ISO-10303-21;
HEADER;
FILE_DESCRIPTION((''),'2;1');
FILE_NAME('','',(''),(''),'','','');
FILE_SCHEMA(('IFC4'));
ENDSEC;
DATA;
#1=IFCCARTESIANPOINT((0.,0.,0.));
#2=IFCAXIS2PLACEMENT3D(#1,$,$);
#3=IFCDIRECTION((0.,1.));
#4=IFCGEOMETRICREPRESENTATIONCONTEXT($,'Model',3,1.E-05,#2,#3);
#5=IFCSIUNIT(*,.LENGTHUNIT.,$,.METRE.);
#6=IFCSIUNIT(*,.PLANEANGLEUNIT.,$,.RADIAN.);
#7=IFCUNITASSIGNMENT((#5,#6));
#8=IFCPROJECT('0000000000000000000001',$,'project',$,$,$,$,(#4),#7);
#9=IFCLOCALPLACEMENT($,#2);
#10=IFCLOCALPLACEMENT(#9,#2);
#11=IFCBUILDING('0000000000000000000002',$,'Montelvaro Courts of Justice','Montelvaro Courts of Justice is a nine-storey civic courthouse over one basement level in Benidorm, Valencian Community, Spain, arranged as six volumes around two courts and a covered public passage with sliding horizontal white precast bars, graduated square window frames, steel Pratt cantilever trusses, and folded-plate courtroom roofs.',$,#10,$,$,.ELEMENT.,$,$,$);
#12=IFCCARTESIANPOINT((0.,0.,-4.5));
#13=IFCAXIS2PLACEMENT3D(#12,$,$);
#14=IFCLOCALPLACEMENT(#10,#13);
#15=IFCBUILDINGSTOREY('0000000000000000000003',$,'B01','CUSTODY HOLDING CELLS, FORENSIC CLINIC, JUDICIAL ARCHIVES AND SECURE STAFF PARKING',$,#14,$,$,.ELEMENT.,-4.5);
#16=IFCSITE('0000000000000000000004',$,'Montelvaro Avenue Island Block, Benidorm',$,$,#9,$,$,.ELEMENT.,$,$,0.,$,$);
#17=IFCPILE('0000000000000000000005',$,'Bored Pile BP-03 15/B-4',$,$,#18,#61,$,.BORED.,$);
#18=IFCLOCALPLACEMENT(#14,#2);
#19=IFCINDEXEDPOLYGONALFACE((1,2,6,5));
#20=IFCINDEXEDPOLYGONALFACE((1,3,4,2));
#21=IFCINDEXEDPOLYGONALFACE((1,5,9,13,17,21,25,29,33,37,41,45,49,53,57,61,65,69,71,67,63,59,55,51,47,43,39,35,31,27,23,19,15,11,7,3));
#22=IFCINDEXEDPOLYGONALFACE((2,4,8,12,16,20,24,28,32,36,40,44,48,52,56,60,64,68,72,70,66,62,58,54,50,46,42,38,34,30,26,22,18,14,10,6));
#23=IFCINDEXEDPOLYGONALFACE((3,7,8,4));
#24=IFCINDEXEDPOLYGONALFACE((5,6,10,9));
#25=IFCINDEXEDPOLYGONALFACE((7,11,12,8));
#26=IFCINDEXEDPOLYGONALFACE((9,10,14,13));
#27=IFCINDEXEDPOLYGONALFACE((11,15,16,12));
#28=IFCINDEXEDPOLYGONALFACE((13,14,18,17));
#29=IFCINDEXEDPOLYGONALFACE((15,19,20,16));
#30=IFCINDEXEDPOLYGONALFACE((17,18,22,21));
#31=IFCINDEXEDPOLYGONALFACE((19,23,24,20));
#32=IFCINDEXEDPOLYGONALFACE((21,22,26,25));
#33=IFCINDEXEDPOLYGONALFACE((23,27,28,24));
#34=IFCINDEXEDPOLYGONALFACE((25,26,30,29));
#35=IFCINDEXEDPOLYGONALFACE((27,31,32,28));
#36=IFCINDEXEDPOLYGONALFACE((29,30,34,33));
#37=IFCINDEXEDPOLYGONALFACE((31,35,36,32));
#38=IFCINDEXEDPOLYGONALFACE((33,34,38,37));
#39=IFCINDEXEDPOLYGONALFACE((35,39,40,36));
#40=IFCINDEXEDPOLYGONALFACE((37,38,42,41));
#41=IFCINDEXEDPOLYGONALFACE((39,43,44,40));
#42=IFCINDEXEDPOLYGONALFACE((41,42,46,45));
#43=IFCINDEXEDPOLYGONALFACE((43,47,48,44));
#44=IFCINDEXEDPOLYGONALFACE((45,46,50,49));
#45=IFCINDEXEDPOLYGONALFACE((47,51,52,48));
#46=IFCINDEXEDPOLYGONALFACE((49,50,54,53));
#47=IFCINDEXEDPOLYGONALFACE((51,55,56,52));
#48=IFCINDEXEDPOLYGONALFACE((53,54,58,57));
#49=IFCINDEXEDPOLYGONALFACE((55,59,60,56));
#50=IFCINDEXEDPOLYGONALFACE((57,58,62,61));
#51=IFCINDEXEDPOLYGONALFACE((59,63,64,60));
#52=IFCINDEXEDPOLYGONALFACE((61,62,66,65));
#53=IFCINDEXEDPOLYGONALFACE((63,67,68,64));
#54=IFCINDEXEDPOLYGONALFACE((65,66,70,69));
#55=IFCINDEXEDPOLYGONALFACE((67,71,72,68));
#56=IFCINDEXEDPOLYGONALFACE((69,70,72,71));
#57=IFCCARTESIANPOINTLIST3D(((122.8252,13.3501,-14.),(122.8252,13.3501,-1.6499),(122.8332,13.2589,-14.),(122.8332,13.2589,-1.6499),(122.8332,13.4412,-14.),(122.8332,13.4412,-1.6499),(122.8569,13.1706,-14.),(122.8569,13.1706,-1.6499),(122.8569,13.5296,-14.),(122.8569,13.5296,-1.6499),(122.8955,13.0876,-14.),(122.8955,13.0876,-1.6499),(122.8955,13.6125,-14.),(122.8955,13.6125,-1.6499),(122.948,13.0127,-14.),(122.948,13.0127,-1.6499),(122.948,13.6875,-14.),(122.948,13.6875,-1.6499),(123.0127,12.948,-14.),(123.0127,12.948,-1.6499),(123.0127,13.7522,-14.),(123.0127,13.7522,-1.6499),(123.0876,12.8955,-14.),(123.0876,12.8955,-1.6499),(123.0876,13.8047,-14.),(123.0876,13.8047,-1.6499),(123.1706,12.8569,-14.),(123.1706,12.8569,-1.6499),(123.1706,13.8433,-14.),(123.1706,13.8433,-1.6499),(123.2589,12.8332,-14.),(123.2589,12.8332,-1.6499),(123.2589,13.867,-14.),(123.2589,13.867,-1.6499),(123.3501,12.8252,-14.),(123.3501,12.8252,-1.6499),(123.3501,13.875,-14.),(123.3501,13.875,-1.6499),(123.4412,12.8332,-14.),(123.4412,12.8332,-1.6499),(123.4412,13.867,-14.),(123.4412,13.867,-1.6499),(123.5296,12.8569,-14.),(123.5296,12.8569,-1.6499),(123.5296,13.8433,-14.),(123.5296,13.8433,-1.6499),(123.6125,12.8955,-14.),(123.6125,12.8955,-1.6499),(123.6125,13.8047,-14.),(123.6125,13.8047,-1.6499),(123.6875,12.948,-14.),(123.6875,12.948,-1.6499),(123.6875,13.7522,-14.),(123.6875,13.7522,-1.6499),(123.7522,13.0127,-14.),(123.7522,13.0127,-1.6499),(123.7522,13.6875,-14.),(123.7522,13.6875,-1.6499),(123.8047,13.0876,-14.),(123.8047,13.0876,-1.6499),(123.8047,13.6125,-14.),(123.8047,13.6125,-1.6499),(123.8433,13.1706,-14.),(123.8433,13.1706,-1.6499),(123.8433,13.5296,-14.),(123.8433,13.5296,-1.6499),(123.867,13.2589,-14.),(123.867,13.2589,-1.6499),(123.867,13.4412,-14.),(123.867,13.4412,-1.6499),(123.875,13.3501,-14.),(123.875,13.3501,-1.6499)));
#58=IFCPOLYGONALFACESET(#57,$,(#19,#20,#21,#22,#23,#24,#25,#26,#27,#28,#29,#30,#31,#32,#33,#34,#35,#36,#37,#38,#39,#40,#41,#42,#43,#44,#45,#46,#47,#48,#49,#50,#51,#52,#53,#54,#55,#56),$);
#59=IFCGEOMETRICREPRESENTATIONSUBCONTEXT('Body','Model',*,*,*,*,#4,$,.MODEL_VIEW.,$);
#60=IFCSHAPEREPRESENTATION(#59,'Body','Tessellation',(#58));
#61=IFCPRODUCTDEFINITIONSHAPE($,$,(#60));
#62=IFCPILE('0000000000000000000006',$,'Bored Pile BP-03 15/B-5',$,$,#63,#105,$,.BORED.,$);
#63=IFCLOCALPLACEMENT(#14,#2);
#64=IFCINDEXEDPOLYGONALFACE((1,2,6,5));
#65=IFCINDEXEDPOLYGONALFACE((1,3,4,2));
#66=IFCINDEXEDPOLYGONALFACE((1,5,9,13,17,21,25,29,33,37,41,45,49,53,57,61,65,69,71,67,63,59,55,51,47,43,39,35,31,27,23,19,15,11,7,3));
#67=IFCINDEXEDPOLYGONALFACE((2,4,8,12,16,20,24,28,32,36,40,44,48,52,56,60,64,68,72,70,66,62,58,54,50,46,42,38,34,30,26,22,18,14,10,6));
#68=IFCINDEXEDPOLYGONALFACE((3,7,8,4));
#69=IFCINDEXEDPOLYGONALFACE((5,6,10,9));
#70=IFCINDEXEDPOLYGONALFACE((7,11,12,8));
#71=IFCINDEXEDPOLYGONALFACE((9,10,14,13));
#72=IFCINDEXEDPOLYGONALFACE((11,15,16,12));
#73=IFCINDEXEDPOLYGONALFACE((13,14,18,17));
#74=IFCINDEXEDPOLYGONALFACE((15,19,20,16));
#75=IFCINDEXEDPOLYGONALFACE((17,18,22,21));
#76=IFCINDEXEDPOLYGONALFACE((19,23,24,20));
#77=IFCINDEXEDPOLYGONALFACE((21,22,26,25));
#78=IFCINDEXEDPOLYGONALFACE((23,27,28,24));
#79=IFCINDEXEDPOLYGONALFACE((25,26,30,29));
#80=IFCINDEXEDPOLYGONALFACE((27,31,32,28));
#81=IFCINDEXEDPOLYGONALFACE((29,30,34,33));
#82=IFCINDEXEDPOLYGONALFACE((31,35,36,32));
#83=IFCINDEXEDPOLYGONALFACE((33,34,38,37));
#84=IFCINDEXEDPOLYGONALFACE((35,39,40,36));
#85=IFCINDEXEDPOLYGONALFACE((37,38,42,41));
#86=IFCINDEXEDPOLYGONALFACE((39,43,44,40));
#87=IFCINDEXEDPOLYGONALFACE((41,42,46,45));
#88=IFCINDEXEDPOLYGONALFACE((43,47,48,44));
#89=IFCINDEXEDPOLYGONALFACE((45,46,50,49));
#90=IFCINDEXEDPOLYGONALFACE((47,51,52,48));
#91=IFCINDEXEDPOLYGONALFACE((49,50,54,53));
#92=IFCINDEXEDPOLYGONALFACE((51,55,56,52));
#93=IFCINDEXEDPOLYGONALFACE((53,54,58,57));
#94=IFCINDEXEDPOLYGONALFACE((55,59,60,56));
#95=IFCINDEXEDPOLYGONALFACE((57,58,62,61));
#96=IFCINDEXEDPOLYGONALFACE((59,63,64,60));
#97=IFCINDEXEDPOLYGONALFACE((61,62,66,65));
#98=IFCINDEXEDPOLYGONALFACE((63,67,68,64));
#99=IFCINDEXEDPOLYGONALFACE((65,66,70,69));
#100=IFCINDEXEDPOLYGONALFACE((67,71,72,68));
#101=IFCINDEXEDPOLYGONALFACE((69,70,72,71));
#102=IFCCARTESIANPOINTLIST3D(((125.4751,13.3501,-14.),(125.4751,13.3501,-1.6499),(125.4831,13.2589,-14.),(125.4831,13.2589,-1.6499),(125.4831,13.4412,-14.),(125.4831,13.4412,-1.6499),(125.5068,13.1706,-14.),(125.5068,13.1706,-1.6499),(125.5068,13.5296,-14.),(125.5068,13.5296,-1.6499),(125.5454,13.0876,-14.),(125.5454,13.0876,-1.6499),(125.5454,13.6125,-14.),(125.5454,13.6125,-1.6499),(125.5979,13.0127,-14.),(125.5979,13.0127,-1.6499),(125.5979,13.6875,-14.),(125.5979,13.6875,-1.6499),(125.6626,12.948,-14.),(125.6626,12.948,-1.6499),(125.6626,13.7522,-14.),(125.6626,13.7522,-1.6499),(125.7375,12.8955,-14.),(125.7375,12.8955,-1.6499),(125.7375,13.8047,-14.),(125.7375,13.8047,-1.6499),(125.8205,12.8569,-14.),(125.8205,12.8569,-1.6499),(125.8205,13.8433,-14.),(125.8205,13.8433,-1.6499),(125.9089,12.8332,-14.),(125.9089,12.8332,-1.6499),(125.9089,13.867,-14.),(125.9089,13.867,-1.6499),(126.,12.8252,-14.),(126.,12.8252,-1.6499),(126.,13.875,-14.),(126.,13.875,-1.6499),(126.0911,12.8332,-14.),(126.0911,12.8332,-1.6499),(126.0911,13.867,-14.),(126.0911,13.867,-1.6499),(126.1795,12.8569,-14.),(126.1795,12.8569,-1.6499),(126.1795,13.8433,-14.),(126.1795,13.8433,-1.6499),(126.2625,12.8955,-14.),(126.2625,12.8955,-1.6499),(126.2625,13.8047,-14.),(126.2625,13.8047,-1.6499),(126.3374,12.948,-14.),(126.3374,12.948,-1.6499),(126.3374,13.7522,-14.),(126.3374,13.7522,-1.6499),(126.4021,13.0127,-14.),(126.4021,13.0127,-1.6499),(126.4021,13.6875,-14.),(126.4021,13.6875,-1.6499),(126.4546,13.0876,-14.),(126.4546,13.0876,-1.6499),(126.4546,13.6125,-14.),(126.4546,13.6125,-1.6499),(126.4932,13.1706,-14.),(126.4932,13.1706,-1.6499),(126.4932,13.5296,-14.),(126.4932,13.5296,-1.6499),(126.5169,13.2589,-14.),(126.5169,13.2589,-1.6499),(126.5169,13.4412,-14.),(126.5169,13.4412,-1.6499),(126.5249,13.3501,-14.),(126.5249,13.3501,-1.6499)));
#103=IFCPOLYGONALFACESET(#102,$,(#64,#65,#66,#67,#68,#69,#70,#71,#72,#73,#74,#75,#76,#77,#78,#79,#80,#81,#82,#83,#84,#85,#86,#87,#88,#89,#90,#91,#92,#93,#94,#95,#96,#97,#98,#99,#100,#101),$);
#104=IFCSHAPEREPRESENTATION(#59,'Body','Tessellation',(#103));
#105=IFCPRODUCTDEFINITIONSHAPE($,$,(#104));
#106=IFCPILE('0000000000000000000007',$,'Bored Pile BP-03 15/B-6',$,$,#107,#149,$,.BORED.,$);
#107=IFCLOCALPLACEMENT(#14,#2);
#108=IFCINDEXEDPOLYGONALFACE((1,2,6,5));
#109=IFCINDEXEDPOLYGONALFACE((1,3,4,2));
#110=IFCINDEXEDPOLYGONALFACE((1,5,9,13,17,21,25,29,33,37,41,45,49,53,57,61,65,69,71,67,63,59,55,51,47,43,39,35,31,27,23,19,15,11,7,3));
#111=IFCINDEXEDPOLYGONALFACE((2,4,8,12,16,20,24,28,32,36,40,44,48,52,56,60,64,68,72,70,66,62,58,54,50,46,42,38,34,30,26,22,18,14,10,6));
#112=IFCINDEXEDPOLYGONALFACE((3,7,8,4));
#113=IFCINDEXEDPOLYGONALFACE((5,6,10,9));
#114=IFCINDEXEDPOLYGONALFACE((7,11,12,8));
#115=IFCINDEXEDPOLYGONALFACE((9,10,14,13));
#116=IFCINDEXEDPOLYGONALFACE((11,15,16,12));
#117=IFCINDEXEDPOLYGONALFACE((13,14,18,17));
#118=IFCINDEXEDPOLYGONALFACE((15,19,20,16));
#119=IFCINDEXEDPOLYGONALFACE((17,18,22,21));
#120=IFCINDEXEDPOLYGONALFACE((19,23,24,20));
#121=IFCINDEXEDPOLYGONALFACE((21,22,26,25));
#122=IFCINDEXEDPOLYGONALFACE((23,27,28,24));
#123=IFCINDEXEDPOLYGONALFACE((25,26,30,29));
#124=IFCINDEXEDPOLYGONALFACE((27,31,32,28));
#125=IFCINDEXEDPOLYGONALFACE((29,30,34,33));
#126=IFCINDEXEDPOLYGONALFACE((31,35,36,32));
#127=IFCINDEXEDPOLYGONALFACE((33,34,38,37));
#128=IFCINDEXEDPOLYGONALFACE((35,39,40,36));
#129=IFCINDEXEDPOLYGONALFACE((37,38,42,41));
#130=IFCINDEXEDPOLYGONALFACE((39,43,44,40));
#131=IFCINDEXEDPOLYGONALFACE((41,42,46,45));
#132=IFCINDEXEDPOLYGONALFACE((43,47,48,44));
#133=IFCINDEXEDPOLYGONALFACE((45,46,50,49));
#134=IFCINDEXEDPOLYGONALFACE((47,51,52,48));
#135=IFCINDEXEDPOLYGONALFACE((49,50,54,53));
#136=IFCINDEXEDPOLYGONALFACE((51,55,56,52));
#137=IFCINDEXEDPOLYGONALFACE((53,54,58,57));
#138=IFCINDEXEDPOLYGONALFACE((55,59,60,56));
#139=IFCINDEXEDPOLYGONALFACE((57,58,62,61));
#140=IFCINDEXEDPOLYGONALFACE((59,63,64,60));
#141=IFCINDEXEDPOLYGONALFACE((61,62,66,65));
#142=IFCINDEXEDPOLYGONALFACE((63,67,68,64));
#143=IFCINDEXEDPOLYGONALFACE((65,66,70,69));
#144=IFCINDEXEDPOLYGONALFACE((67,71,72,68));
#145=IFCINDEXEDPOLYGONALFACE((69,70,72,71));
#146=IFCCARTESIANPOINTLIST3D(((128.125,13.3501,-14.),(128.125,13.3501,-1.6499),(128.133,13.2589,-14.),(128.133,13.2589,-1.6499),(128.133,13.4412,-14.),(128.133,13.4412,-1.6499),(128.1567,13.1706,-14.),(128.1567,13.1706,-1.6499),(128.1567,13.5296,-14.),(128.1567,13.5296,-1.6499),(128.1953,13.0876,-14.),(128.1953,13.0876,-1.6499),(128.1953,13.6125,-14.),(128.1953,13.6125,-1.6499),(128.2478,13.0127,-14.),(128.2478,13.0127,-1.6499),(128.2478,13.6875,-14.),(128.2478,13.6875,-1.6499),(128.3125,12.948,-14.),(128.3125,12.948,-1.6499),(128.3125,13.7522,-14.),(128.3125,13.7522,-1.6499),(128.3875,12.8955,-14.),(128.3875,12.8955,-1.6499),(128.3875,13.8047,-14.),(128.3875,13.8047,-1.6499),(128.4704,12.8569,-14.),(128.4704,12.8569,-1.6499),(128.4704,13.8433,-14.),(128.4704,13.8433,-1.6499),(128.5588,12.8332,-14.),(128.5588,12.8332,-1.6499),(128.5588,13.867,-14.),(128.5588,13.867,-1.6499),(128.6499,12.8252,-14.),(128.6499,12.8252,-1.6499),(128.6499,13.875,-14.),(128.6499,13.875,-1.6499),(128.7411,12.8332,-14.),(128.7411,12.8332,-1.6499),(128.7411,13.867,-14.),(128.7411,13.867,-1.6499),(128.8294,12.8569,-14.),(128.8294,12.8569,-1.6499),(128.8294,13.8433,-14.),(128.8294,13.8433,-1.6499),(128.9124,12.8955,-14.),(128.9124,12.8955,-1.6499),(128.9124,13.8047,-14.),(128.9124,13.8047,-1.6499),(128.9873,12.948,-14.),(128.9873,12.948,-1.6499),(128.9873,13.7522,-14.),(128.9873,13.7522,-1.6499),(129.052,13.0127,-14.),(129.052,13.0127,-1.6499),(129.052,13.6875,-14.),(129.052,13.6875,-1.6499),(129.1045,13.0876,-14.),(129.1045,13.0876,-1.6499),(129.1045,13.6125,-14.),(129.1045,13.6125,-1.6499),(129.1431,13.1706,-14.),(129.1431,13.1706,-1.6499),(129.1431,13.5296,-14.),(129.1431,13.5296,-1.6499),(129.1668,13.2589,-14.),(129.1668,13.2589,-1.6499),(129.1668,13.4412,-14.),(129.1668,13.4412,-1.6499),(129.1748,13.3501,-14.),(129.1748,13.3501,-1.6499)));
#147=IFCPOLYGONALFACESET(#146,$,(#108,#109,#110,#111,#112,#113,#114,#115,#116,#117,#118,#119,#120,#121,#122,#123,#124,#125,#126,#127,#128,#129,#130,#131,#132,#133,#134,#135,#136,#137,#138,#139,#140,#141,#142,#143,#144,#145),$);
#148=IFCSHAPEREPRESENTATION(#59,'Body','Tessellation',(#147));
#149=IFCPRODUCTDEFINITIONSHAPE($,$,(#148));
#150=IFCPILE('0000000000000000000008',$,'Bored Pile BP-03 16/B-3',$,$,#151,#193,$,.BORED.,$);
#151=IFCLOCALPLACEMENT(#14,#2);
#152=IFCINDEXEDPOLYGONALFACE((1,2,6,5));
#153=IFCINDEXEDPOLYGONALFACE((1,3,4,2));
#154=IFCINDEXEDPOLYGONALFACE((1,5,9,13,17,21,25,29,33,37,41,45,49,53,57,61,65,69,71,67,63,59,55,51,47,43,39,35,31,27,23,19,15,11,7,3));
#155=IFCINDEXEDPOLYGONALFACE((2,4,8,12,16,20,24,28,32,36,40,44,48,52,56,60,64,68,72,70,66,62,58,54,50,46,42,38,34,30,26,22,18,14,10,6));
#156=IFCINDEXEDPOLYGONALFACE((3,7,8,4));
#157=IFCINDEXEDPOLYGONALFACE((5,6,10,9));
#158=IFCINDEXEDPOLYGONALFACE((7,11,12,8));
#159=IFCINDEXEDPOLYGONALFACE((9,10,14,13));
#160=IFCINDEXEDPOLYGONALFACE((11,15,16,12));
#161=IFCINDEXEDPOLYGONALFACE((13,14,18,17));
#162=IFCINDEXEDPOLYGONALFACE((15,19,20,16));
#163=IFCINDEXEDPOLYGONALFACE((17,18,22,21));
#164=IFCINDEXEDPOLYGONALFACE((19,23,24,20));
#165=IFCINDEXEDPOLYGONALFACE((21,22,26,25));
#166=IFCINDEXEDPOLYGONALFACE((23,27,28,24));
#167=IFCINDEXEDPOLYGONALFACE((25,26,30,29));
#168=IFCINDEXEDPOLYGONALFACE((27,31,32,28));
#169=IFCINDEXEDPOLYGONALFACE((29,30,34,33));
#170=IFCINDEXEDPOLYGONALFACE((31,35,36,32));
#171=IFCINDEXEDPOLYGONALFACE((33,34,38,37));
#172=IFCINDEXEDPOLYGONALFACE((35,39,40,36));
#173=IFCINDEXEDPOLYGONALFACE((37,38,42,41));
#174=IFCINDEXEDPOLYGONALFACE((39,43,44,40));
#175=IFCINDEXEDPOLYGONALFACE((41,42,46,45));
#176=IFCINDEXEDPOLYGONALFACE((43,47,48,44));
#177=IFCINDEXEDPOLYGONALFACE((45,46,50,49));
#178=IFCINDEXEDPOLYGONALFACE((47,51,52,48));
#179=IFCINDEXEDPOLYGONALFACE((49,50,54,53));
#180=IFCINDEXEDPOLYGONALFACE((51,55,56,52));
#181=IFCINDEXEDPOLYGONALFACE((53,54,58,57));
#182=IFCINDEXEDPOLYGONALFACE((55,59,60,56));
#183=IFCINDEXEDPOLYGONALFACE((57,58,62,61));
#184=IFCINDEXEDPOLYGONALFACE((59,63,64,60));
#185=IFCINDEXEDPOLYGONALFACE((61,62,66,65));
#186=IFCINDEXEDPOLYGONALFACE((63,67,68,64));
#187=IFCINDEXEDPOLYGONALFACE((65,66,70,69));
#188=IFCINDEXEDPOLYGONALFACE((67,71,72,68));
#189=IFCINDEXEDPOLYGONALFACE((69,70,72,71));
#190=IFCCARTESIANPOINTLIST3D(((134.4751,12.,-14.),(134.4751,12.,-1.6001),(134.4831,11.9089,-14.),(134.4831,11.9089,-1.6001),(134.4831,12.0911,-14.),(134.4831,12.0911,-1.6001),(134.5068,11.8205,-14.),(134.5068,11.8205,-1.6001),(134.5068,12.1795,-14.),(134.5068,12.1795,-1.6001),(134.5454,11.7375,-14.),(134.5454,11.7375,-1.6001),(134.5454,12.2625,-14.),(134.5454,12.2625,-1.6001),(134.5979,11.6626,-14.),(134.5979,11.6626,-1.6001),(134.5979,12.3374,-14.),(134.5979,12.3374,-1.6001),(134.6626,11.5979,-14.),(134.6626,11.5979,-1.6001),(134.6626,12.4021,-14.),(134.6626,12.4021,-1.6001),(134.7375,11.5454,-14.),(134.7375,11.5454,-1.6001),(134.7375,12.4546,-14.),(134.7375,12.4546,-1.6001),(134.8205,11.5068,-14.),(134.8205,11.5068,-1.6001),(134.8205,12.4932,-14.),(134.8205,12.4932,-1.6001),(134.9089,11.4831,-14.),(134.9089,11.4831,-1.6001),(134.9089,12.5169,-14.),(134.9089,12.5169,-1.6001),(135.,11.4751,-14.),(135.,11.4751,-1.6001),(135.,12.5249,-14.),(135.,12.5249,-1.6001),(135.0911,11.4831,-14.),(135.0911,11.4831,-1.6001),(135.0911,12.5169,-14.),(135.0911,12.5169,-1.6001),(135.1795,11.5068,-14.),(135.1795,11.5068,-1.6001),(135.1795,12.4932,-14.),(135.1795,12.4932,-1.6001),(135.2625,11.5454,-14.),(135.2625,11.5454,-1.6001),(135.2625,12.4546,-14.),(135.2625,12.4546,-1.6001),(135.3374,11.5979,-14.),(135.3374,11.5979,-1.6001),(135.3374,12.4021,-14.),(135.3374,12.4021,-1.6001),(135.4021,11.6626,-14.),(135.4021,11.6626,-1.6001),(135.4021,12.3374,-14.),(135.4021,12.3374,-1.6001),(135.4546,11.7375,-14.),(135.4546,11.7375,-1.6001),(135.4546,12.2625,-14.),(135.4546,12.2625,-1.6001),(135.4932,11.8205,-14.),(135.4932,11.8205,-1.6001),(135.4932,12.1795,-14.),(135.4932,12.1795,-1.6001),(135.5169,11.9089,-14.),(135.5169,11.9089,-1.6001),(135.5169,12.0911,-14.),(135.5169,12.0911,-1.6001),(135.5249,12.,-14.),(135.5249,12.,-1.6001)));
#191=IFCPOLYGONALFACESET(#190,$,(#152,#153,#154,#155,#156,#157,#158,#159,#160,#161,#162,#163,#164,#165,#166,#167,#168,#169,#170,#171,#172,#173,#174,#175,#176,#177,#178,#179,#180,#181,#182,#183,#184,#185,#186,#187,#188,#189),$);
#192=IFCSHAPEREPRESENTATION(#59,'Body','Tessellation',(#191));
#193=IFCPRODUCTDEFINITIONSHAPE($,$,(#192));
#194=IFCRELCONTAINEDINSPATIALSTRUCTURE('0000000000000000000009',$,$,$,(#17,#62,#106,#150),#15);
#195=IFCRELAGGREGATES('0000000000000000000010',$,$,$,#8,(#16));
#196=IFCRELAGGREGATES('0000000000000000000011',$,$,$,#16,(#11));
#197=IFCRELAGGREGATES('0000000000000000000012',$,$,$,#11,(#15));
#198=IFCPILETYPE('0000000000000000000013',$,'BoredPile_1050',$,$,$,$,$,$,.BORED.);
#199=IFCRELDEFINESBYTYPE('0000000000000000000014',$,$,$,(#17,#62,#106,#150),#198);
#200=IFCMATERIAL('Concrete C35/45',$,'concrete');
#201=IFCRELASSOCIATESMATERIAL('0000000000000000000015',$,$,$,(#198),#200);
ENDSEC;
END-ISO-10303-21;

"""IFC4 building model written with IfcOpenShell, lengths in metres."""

from ifc_helpers import new_model, si_unit, direction, frame, origin, origin_2d, place, context, subcontext, project, spatial, circle, extrude, material, material_profile, profile_set, type_object, element, save


model = new_model("IFC4")

# Units and contexts
model_context = context("Model", 3, precision=1e-05, world=origin(), true_north=direction((0.0, 1.0)))
body_context = subcontext(model_context, "Body", "Model", "MODEL_VIEW")
ifc_project = project(units=[si_unit("LENGTHUNIT", "METRE"), si_unit("PLANEANGLEUNIT", "RADIAN")], contexts=[model_context])

# Site, building, storey
site_placement = place(None, origin())
site = spatial("IfcSite", under=ifc_project, at=site_placement, Name="Montelvaro Avenue Island Block, Benidorm", CompositionType="ELEMENT", RefElevation=0.0)
building_placement = place(site_placement, origin())
building = spatial("IfcBuilding", under=site, at=building_placement, Name="Montelvaro Courts of Justice", Description="Montelvaro Courts of Justice is a nine-storey civic courthouse over one basement level in Benidorm, Valencian Community, Spain, arranged as six volumes around two courts and a covered public passage with sliding horizontal white precast bars, graduated square window frames, steel Pratt cantilever trusses, and folded-plate courtroom roofs.", CompositionType="ELEMENT")
storey_placement = place(building_placement, frame((0.0, 0.0, -4.5)))
storey = spatial("IfcBuildingStorey", under=building, at=storey_placement, Name="B01", Description="CUSTODY HOLDING CELLS, FORENSIC CLINIC, JUDICIAL ARCHIVES AND SECURE STAFF PARKING", CompositionType="ELEMENT", Elevation=-4.5)

# Piles
ifc_material_1 = material(Name="Concrete C35/45", Category="concrete")
ifc_material_profile_1 = material_profile(ifc_material_1, circle(Radius=0.5249, at=origin_2d()), Name="BORED PILE D1050")
ifc_profile_set_1 = profile_set([ifc_material_profile_1], Name="Concrete C35/45")
pile_type_1 = type_object("IfcPileType", Name="BoredPile_1050", PredefinedType="BORED", material=ifc_profile_set_1)
for number, where, z_axis, x_axis, name in (
    (1, (123.3501, 13.3501, -1.6499), (0.0, 0.0, -1.0), (1.0, 0.0, 0.0), "Bored Pile BP-03 15/B-4"),
    (2, (126.0, 13.3501, -1.6499), (0.0, 0.0, -1.0), (1.0, 0.0, 0.0), "Bored Pile BP-03 15/B-5"),
    (3, (128.6499, 13.3501, -1.6499), (0.0, 0.0, -1.0), (1.0, 0.0, 0.0), "Bored Pile BP-03 15/B-6"),
):
    element("IfcPile", number, at=place(storey_placement, frame(where, z_axis=z_axis, x_axis=x_axis)), inside=storey, type_object=pile_type_1, Name=name, PredefinedType="BORED", context=body_context, shape_type="SweptSolid", body=[
        extrude(circle(Radius=0.5249, at=origin_2d()), origin(), (0.0, 0.0, 1.0), 12.3501),
    ])
for number, where, z_axis, x_axis, name in (
    (4, (135.0, 12.0, -1.6001), (0.0, 0.0, -1.0), (1.0, 0.0, 0.0), "Bored Pile BP-03 16/B-3"),
):
    element("IfcPile", number, at=place(storey_placement, frame(where, z_axis=z_axis, x_axis=x_axis)), inside=storey, type_object=pile_type_1, Name=name, PredefinedType="BORED", context=body_context, shape_type="SweptSolid", body=[
        extrude(circle(Radius=0.5249, at=origin_2d()), origin(), (0.0, 0.0, 1.0), 12.3999),
    ])

save(model, "model.ifc")
